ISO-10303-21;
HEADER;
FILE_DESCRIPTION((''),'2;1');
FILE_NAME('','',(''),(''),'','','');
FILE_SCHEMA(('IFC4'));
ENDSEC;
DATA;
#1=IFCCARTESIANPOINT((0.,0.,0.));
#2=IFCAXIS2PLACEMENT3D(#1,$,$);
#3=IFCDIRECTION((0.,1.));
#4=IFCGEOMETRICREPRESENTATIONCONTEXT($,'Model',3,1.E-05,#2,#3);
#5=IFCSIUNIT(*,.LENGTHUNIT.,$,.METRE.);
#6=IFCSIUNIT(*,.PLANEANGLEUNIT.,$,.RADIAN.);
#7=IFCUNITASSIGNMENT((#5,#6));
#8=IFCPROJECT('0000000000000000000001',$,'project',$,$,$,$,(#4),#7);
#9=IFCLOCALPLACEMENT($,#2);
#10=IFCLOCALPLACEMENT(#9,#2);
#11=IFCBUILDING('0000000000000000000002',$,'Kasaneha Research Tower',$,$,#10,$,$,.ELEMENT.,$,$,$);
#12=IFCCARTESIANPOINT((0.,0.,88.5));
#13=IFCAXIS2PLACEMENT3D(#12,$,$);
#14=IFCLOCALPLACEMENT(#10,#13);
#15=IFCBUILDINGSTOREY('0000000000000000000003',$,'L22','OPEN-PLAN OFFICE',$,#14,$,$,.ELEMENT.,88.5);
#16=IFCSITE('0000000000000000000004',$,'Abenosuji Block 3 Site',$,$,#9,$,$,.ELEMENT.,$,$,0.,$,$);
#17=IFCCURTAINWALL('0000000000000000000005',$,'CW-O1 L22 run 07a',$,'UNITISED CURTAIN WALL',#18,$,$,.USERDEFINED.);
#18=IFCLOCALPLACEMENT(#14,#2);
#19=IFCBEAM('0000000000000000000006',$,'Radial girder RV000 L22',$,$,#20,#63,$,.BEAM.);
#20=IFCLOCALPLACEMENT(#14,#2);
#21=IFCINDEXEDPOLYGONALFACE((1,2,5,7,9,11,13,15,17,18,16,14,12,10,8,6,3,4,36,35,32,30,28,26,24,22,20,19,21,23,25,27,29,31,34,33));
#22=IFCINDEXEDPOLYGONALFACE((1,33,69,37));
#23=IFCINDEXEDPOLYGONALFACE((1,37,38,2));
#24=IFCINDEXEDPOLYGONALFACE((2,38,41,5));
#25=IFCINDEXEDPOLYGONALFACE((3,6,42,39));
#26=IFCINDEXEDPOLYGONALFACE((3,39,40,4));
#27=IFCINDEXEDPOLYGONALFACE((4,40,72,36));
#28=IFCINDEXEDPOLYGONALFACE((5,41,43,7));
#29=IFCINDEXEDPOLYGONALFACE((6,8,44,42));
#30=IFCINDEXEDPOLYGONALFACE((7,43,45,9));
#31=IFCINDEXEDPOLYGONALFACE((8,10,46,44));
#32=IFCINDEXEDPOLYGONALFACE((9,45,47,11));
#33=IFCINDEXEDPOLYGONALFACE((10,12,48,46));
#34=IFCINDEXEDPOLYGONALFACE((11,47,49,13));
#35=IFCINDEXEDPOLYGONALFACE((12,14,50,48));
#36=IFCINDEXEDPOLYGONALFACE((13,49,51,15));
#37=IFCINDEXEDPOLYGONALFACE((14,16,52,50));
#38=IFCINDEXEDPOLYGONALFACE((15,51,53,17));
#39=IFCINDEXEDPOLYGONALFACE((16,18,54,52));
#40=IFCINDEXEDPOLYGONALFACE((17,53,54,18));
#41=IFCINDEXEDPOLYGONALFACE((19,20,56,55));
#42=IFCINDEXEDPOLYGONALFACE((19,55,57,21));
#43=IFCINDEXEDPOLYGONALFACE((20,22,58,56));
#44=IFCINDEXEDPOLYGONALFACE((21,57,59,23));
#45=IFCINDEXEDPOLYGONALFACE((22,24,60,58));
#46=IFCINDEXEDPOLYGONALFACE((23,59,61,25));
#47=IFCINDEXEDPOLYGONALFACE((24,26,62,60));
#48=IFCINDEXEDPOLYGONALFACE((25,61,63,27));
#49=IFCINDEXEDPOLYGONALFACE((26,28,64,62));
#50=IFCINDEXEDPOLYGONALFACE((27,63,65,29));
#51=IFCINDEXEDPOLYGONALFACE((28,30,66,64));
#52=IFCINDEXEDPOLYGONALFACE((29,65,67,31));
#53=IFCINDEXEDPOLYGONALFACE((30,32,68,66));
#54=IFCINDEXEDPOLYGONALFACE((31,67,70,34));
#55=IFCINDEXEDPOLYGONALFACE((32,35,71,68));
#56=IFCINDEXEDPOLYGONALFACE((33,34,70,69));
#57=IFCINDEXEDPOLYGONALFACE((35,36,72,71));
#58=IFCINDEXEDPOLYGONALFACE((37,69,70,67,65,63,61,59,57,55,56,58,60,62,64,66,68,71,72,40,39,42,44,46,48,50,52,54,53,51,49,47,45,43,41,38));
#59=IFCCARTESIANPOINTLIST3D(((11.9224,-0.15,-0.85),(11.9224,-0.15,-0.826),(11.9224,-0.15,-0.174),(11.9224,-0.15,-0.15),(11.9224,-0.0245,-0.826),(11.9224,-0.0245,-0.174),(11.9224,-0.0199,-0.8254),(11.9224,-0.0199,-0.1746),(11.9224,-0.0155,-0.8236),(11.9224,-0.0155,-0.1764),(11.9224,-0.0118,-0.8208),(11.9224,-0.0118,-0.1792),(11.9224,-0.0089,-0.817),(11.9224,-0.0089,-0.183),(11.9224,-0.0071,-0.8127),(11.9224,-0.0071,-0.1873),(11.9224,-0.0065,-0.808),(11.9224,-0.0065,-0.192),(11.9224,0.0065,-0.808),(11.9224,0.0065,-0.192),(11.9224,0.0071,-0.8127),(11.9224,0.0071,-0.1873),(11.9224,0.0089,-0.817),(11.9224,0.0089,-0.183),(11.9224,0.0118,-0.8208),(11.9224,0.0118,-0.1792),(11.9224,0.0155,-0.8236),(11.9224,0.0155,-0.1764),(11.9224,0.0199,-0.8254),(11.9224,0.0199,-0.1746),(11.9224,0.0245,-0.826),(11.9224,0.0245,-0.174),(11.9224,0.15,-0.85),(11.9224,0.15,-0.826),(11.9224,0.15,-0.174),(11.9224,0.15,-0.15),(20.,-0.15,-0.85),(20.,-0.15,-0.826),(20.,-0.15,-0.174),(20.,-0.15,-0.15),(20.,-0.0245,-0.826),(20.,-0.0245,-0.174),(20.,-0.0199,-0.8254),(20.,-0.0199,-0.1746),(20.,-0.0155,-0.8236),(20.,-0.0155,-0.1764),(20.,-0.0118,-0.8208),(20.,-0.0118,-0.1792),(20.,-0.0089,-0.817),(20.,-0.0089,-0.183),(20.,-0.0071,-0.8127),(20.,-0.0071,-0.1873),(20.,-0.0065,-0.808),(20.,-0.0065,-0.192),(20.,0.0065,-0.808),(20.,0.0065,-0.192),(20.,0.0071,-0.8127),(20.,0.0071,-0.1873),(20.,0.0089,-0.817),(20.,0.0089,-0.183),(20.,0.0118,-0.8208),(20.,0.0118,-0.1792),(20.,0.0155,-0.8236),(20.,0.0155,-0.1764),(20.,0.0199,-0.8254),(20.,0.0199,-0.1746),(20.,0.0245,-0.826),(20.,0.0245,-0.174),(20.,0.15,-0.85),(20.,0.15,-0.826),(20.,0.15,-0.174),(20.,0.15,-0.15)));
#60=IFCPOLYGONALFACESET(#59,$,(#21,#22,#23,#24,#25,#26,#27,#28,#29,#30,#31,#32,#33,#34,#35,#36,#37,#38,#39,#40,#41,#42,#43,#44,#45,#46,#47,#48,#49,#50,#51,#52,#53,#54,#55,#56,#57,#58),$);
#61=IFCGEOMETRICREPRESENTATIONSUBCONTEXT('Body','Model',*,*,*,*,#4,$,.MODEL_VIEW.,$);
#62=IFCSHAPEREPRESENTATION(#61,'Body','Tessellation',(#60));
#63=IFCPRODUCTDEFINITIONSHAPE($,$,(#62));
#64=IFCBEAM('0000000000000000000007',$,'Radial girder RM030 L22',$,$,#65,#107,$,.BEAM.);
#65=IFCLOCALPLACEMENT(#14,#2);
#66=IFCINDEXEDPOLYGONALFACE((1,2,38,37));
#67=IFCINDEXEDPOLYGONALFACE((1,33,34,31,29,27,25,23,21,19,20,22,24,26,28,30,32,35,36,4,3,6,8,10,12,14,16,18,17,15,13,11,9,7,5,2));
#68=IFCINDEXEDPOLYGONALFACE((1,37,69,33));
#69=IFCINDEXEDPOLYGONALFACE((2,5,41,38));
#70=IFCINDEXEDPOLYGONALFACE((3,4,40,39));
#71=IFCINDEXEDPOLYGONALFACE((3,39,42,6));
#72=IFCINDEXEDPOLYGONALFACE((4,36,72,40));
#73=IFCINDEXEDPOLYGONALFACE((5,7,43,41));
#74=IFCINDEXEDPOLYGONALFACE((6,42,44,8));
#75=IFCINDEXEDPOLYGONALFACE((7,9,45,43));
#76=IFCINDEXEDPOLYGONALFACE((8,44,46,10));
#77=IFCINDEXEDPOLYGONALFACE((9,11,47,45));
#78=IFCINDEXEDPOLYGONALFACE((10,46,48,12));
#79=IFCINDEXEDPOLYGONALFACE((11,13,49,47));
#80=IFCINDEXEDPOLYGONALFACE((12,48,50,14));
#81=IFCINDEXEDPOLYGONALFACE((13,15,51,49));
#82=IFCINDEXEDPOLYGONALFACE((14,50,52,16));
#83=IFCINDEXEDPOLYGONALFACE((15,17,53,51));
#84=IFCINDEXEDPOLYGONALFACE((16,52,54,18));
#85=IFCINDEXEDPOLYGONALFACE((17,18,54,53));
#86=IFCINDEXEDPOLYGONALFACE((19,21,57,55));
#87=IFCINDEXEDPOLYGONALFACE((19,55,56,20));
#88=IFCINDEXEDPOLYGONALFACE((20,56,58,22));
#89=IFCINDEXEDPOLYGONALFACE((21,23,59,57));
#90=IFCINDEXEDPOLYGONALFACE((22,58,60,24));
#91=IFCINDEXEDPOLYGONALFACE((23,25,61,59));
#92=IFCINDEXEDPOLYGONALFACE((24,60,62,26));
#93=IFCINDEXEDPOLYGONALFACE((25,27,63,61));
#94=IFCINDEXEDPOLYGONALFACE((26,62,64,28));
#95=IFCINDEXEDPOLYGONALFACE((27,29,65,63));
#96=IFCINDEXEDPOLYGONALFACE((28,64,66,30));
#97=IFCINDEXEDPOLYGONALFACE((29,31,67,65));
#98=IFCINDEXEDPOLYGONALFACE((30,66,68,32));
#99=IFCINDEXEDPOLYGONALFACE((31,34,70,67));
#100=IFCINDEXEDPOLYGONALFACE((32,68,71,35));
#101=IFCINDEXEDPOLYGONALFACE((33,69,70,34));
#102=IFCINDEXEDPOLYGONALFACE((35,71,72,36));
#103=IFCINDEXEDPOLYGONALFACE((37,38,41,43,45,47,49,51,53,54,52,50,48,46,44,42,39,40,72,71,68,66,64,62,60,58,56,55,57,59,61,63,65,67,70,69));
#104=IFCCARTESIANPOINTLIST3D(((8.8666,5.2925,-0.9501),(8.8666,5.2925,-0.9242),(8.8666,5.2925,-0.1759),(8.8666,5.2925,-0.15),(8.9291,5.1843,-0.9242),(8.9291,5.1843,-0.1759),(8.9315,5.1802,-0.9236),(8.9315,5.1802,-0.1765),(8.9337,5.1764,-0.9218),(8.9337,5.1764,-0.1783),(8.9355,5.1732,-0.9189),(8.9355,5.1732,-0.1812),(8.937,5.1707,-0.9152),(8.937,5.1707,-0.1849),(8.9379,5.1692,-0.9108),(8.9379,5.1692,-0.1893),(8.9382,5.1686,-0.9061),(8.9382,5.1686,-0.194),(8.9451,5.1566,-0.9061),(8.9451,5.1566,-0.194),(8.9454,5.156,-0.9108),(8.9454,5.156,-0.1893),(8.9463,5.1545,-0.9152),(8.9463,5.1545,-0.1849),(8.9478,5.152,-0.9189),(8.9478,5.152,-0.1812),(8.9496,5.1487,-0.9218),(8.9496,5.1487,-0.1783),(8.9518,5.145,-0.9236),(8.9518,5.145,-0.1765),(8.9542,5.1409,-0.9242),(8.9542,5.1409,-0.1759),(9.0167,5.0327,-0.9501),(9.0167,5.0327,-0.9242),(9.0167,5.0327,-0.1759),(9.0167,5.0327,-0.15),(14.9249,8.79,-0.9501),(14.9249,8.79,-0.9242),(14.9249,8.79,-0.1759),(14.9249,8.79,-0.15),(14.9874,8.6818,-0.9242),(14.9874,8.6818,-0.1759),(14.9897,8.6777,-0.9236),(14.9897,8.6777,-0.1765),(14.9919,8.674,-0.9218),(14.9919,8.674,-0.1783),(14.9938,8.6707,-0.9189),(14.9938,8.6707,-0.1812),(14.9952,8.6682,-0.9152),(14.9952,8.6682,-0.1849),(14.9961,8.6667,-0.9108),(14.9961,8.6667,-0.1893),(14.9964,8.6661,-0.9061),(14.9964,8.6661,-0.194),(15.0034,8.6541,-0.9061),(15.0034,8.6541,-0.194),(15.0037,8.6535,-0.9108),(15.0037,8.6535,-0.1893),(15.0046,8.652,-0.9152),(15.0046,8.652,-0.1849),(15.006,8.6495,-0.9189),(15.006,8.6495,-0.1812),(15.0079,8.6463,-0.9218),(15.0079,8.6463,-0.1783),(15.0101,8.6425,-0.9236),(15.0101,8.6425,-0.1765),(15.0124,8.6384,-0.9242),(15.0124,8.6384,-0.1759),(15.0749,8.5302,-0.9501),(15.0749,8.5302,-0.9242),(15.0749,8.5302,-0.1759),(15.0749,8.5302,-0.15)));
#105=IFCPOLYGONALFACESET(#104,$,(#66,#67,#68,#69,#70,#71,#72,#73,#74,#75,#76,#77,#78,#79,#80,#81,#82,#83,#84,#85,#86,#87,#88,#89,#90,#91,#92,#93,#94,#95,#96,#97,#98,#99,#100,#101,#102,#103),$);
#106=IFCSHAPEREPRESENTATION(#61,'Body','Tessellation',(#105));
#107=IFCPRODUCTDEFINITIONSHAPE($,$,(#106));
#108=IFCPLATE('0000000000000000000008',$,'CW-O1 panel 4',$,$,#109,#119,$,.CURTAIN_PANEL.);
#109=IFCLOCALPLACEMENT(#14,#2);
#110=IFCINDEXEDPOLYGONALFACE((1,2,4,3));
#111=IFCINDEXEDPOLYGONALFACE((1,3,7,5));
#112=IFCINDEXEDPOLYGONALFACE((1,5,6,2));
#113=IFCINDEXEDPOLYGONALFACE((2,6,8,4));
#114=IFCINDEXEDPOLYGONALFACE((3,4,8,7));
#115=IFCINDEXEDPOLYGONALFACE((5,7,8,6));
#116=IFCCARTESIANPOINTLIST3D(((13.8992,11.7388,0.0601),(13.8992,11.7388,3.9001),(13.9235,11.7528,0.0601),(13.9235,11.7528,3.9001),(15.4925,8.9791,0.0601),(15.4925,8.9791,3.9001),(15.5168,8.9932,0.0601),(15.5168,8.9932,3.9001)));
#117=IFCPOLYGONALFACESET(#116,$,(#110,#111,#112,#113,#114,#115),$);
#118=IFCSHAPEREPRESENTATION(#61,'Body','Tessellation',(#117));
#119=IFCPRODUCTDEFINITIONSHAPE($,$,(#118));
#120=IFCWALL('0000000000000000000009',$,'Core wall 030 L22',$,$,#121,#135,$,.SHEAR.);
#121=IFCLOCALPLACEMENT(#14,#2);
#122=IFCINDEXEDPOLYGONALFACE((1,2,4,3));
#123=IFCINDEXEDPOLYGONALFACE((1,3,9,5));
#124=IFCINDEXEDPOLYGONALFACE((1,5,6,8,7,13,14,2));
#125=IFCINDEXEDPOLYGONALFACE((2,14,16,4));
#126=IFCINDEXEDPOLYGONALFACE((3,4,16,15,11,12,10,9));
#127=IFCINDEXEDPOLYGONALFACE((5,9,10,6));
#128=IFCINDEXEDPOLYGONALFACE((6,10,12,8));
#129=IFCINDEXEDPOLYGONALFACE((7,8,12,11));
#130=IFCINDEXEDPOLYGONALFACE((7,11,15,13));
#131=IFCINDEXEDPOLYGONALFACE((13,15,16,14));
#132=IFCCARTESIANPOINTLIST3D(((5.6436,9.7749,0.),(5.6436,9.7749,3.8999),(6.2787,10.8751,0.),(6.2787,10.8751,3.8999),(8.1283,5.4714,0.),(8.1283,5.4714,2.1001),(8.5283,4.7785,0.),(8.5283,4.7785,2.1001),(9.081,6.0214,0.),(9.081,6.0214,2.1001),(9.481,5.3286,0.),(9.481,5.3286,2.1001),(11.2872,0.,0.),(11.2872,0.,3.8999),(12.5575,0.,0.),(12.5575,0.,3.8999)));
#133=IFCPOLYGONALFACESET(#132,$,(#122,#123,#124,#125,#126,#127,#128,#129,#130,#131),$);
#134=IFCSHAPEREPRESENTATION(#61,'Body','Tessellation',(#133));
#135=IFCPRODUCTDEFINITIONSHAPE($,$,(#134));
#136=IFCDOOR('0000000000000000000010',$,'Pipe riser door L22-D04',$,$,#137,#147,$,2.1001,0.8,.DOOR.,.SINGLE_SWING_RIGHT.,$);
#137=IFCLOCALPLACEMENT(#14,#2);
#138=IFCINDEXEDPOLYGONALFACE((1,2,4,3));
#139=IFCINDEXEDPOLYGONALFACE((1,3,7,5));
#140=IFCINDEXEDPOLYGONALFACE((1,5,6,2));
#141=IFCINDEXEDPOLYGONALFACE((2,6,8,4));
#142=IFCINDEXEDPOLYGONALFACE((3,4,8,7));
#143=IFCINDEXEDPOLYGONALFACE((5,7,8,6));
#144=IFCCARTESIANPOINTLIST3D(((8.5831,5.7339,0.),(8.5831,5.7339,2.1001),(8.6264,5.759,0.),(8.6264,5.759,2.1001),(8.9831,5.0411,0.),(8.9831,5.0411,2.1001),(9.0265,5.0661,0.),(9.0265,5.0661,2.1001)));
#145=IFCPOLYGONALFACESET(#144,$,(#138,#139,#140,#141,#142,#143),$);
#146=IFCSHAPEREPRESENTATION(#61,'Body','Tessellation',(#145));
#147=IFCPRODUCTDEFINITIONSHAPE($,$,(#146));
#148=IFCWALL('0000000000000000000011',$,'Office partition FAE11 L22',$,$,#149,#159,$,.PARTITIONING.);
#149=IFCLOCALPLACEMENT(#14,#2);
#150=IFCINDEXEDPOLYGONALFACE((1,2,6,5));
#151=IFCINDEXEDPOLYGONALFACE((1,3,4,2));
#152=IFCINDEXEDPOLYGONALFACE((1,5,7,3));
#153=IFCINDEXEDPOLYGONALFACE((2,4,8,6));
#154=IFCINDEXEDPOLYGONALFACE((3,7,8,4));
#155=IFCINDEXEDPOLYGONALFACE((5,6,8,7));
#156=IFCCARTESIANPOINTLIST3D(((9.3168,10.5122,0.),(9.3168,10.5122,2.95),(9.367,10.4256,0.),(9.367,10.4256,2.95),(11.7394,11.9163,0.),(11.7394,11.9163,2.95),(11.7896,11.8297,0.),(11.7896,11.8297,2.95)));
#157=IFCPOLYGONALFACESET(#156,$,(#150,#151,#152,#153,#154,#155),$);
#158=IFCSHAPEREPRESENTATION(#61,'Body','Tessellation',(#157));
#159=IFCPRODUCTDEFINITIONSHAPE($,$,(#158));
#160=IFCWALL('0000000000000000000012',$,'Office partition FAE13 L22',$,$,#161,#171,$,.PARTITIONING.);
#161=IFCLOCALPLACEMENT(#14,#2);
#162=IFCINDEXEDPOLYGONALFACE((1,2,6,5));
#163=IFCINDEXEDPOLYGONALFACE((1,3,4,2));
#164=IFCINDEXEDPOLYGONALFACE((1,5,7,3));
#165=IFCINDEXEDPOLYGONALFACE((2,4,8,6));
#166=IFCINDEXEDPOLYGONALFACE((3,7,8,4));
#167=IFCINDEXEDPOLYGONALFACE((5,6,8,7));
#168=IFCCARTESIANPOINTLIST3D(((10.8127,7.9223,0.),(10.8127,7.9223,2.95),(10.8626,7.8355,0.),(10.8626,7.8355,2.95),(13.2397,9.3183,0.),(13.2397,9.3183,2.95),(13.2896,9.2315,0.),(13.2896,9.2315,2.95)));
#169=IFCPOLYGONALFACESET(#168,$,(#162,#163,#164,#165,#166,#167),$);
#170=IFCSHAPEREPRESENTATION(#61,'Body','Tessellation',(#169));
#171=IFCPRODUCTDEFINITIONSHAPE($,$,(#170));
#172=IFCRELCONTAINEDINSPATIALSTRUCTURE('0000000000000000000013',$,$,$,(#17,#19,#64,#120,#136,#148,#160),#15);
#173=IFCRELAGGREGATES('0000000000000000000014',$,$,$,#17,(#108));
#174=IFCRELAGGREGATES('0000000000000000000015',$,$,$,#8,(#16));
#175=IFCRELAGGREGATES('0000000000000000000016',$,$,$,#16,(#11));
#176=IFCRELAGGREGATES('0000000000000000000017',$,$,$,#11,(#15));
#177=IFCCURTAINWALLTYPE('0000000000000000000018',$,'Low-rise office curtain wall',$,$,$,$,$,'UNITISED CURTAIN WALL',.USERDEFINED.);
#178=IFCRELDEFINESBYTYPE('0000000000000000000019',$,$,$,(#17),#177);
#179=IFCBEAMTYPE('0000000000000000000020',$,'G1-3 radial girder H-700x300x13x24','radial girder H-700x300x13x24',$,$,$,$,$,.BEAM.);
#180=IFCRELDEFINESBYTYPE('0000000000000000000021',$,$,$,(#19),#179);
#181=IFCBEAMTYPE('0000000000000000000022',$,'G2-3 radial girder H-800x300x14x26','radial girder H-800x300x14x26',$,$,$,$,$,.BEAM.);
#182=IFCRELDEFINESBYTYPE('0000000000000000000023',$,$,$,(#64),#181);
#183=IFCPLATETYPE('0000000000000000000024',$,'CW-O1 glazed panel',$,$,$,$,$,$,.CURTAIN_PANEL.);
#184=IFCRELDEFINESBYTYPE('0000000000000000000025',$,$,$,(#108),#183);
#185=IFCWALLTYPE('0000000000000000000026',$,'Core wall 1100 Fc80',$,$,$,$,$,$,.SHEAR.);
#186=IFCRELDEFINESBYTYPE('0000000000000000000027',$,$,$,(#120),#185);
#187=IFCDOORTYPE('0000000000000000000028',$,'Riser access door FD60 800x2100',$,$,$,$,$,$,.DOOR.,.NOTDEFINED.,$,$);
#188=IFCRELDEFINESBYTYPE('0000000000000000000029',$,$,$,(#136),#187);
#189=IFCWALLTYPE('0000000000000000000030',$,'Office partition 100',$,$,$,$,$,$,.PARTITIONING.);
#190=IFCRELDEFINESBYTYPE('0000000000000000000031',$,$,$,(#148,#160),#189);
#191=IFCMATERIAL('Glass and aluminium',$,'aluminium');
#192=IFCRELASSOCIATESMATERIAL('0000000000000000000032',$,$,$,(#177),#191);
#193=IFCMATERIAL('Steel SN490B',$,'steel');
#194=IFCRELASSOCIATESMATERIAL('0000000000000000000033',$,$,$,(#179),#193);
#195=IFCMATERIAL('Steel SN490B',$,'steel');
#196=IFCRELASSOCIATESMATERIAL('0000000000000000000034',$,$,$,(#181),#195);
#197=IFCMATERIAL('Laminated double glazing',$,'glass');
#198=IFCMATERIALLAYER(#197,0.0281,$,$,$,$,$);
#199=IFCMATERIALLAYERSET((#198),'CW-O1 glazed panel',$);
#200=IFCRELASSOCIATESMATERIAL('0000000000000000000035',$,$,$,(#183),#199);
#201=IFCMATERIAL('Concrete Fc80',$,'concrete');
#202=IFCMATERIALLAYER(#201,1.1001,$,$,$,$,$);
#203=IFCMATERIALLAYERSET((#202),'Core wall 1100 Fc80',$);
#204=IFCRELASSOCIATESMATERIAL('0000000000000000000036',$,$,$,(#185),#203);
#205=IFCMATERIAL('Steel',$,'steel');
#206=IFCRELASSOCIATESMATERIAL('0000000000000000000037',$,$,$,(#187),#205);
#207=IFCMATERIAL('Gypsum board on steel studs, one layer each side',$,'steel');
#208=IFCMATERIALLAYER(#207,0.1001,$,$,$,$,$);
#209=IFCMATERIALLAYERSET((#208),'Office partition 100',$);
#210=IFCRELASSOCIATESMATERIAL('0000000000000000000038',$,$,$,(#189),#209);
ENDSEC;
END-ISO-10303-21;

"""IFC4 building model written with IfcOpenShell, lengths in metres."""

from ifc_helpers import new_model, si_unit, direction, frame, frame_2d, origin, origin_2d, place, context, subcontext, project, spatial, polyline, rectangle, i_section, outline, extrude, material, layer, layer_set, material_profile, profile_set, type_object, element, fill, aggregate, save


model = new_model("IFC4")

# Units and contexts
model_context = context("Model", 3, precision=1e-05, world=origin(), true_north=direction((0.0, 1.0)))
body_context = subcontext(model_context, "Body", "Model", "MODEL_VIEW")
ifc_project = project(units=[si_unit("LENGTHUNIT", "METRE"), si_unit("PLANEANGLEUNIT", "RADIAN")], contexts=[model_context])

# Site, building, storey
site_placement = place(None, origin())
site = spatial("IfcSite", under=ifc_project, at=site_placement, Name="Abenosuji Block 3 Site", CompositionType="ELEMENT", RefElevation=0.0)
building_placement = place(site_placement, origin())
building = spatial("IfcBuilding", under=site, at=building_placement, Name="Kasaneha Research Tower", CompositionType="ELEMENT")
storey_placement = place(building_placement, frame((0.0, 0.0, 88.5)))
storey = spatial("IfcBuildingStorey", under=building, at=storey_placement, Name="L22", Description="OPEN-PLAN OFFICE", CompositionType="ELEMENT", Elevation=88.5)

# Curtain wall
ifc_material_1 = material(Name="Glass and aluminium", Category="aluminium")
curtain_wall_type = type_object("IfcCurtainWallType", Name="Low-rise office curtain wall", ElementType="UNITISED CURTAIN WALL", PredefinedType="USERDEFINED", material=ifc_material_1)
curtain_wall_placement = place(storey_placement, origin())
curtain_wall = element("IfcCurtainWall", 1, at=curtain_wall_placement, inside=storey, type_object=curtain_wall_type, Name="CW-O1 L22 run 07a", ObjectType="UNITISED CURTAIN WALL", PredefinedType="USERDEFINED")

# Beams
ifc_material_2 = material(Name="Steel SN490B", Category="steel")
ifc_material_profile_1 = material_profile(ifc_material_2, i_section(OverallWidth=0.3, OverallDepth=0.7, WebThickness=0.0129, FlangeThickness=0.0239, FilletRadius=0.0181, at=origin_2d()), Name="H-700x300x13x24")
ifc_profile_set_1 = profile_set([ifc_material_profile_1], Name="Steel SN490B")
beam_type_1 = type_object("IfcBeamType", Name="G1-3 radial girder H-700x300x13x24", Description="radial girder H-700x300x13x24", PredefinedType="BEAM", material=ifc_profile_set_1)
beam_1_placement = place(storey_placement, frame((11.9224, 0.0, -0.5), z_axis=(1.0, 0.0, 0.0), x_axis=(0.0, 1.0, 0.0)))
element("IfcBeam", 2, at=beam_1_placement, inside=storey, type_object=beam_type_1, Name="Radial girder RV000 L22", PredefinedType="BEAM", context=body_context, shape_type="SweptSolid", body=[
    extrude(i_section(OverallWidth=0.3, OverallDepth=0.7, WebThickness=0.0129, FlangeThickness=0.0239, FilletRadius=0.0181, at=origin_2d()), origin(), (0.0, 0.0, 1.0), 8.0776),
])
ifc_material_3 = material(Name="Steel SN490B", Category="steel")
ifc_material_profile_2 = material_profile(ifc_material_3, i_section(OverallWidth=0.3, OverallDepth=0.8, WebThickness=0.0139, FlangeThickness=0.0259, FilletRadius=0.0181, at=origin_2d()), Name="H-800x300x14x26")
ifc_profile_set_2 = profile_set([ifc_material_profile_2], Name="Steel SN490B")
beam_type_2 = type_object("IfcBeamType", Name="G2-3 radial girder H-800x300x14x26", Description="radial girder H-800x300x14x26", PredefinedType="BEAM", material=ifc_profile_set_2)
beam_2_placement = place(storey_placement, frame((8.9417, 5.1626, -0.55), z_axis=(0.86604, 0.499975, 0.0), x_axis=(-0.499975, 0.86604, 0.0)))
element("IfcBeam", 3, at=beam_2_placement, inside=storey, type_object=beam_type_2, Name="Radial girder RM030 L22", PredefinedType="BEAM", context=body_context, shape_type="SweptSolid", body=[
    extrude(i_section(OverallWidth=0.3, OverallDepth=0.8, WebThickness=0.0139, FlangeThickness=0.0259, FilletRadius=0.0181, at=origin_2d()), origin(), (0.0, 0.0, 1.0), 6.9954),
])

# Plate
ifc_material_4 = material(Name="Laminated double glazing", Category="glass")
ifc_layer_1 = layer(ifc_material_4, 0.0281)
ifc_layer_set_1 = layer_set([ifc_layer_1], Name="CW-O1 glazed panel")
plate_type = type_object("IfcPlateType", Name="CW-O1 glazed panel", PredefinedType="CURTAIN_PANEL", material=ifc_layer_set_1)
plate_placement = place(storey_placement, frame((14.708, 10.366, 0.0601), z_axis=(0.0, 0.0, 1.0), x_axis=(-0.5, 0.866025, 0.0)))
plate = element("IfcPlate", 4, at=plate_placement, type_object=plate_type, Name="CW-O1 panel 4", PredefinedType="CURTAIN_PANEL", context=body_context, shape_type="SweptSolid", body=[
    extrude(rectangle(XDim=3.1865, YDim=0.0281, at=origin_2d()), origin(), (0.0, 0.0, 1.0), 3.8401),
])
aggregate(curtain_wall, [plate])

# Wall, opening, door
ifc_material_5 = material(Name="Concrete Fc80", Category="concrete")
ifc_layer_2 = layer(ifc_material_5, 1.1001)
ifc_layer_set_2 = layer_set([ifc_layer_2], Name="Core wall 1100 Fc80")
wall_type_1 = type_object("IfcWallType", Name="Core wall 1100 Fc80", PredefinedType="SHEAR", material=ifc_layer_set_2)
wall_1_placement = place(storey_placement, frame((11.9224, 0.0, 0.0), z_axis=(0.0, 0.0, 1.0), x_axis=(-0.500004, 0.866023, 0.0)))
wall_1 = element("IfcWall", 5, at=wall_1_placement, inside=storey, type_object=wall_type_1, Name="Core wall 030 L22", PredefinedType="SHEAR", context=body_context, shape_type="SweptSolid", body=[
    extrude(outline(polyline([(-0.3176, -0.55), (5.8354, -0.55), (6.6355, -0.55), (12.24, -0.55), (11.6047, 0.55), (6.6355, 0.55), (5.8354, 0.55), (0.3176, 0.55), (-0.3176, -0.55)])), origin(), (0.0, 0.0, 1.0), 3.8999),
])
opening_1_placement = place(wall_1_placement, frame((5.8354, 0.0, 0.0)))
opening_1 = element("IfcOpeningElement", 6, at=opening_1_placement, cuts=wall_1, PredefinedType="OPENING", context=body_context, shape_type="SweptSolid", body=[
    extrude(rectangle(XDim=0.8, YDim=2.1001, at=frame_2d((0.3999, 1.05))), frame((0.0, 0.5601, 0.0), z_axis=(0.0, -1.0, 0.0), x_axis=(1.0, 0.0, 0.0)), (0.0, 0.0, 1.0), 1.1201),
])
ifc_material_6 = material(Name="Steel", Category="steel")
door_type_1 = type_object("IfcDoorType", Name="Riser access door FD60 800x2100", OperationType="NOTDEFINED", PredefinedType="DOOR", material=ifc_material_6)
door_1_placement = place(opening_1_placement, origin())
door_1 = element("IfcDoor", 7, at=door_1_placement, inside=storey, type_object=door_type_1, Name="Pipe riser door L22-D04", OperationType="SINGLE_SWING_RIGHT", OverallHeight=2.1001, OverallWidth=0.8, PredefinedType="DOOR", context=body_context, shape_type="SweptSolid", body=[
    extrude(rectangle(XDim=0.8, YDim=2.1001, at=frame_2d((0.3999, 1.05))), frame((0.0, 0.0249, 0.0), z_axis=(0.0, -1.0, 0.0), x_axis=(1.0, 0.0, 0.0)), (0.0, 0.0, 1.0), 0.05),
])
fill(opening_1, door_1)

# Walls
ifc_material_7 = material(Name="Gypsum board on steel studs, one layer each side", Category="steel")
ifc_layer_3 = layer(ifc_material_7, 0.1001)
ifc_layer_set_3 = layer_set([ifc_layer_3], Name="Office partition 100")
wall_type_2 = type_object("IfcWallType", Name="Office partition 100", PredefinedType="PARTITIONING", material=ifc_layer_set_3)
wall_2_placement = place(storey_placement, frame((9.342, 10.469, 0.0), z_axis=(0.0, 0.0, 1.0), x_axis=(0.865195, 0.501435, 0.0)))
element("IfcWall", 8, at=wall_2_placement, inside=storey, type_object=wall_type_2, Name="Office partition FAE11 L22", PredefinedType="PARTITIONING", context=body_context, shape_type="SweptSolid", body=[
    extrude(rectangle(XDim=2.8, YDim=0.1001, at=frame_2d((1.3999, 0.0))), origin(), (0.0, 0.0, 1.0), 2.95),
])
wall_3_placement = place(storey_placement, frame((13.2646, 9.2749, 0.0), z_axis=(0.0, 0.0, 1.0), x_axis=(-0.866834, -0.498597, 0.0)))
element("IfcWall", 9, at=wall_3_placement, inside=storey, type_object=wall_type_2, Name="Office partition FAE13 L22", PredefinedType="PARTITIONING", context=body_context, shape_type="SweptSolid", body=[
    extrude(rectangle(XDim=2.7998, YDim=0.1001, at=frame_2d((1.3999, 0.0))), origin(), (0.0, 0.0, 1.0), 2.95),
])

save(model, "model.ifc")
